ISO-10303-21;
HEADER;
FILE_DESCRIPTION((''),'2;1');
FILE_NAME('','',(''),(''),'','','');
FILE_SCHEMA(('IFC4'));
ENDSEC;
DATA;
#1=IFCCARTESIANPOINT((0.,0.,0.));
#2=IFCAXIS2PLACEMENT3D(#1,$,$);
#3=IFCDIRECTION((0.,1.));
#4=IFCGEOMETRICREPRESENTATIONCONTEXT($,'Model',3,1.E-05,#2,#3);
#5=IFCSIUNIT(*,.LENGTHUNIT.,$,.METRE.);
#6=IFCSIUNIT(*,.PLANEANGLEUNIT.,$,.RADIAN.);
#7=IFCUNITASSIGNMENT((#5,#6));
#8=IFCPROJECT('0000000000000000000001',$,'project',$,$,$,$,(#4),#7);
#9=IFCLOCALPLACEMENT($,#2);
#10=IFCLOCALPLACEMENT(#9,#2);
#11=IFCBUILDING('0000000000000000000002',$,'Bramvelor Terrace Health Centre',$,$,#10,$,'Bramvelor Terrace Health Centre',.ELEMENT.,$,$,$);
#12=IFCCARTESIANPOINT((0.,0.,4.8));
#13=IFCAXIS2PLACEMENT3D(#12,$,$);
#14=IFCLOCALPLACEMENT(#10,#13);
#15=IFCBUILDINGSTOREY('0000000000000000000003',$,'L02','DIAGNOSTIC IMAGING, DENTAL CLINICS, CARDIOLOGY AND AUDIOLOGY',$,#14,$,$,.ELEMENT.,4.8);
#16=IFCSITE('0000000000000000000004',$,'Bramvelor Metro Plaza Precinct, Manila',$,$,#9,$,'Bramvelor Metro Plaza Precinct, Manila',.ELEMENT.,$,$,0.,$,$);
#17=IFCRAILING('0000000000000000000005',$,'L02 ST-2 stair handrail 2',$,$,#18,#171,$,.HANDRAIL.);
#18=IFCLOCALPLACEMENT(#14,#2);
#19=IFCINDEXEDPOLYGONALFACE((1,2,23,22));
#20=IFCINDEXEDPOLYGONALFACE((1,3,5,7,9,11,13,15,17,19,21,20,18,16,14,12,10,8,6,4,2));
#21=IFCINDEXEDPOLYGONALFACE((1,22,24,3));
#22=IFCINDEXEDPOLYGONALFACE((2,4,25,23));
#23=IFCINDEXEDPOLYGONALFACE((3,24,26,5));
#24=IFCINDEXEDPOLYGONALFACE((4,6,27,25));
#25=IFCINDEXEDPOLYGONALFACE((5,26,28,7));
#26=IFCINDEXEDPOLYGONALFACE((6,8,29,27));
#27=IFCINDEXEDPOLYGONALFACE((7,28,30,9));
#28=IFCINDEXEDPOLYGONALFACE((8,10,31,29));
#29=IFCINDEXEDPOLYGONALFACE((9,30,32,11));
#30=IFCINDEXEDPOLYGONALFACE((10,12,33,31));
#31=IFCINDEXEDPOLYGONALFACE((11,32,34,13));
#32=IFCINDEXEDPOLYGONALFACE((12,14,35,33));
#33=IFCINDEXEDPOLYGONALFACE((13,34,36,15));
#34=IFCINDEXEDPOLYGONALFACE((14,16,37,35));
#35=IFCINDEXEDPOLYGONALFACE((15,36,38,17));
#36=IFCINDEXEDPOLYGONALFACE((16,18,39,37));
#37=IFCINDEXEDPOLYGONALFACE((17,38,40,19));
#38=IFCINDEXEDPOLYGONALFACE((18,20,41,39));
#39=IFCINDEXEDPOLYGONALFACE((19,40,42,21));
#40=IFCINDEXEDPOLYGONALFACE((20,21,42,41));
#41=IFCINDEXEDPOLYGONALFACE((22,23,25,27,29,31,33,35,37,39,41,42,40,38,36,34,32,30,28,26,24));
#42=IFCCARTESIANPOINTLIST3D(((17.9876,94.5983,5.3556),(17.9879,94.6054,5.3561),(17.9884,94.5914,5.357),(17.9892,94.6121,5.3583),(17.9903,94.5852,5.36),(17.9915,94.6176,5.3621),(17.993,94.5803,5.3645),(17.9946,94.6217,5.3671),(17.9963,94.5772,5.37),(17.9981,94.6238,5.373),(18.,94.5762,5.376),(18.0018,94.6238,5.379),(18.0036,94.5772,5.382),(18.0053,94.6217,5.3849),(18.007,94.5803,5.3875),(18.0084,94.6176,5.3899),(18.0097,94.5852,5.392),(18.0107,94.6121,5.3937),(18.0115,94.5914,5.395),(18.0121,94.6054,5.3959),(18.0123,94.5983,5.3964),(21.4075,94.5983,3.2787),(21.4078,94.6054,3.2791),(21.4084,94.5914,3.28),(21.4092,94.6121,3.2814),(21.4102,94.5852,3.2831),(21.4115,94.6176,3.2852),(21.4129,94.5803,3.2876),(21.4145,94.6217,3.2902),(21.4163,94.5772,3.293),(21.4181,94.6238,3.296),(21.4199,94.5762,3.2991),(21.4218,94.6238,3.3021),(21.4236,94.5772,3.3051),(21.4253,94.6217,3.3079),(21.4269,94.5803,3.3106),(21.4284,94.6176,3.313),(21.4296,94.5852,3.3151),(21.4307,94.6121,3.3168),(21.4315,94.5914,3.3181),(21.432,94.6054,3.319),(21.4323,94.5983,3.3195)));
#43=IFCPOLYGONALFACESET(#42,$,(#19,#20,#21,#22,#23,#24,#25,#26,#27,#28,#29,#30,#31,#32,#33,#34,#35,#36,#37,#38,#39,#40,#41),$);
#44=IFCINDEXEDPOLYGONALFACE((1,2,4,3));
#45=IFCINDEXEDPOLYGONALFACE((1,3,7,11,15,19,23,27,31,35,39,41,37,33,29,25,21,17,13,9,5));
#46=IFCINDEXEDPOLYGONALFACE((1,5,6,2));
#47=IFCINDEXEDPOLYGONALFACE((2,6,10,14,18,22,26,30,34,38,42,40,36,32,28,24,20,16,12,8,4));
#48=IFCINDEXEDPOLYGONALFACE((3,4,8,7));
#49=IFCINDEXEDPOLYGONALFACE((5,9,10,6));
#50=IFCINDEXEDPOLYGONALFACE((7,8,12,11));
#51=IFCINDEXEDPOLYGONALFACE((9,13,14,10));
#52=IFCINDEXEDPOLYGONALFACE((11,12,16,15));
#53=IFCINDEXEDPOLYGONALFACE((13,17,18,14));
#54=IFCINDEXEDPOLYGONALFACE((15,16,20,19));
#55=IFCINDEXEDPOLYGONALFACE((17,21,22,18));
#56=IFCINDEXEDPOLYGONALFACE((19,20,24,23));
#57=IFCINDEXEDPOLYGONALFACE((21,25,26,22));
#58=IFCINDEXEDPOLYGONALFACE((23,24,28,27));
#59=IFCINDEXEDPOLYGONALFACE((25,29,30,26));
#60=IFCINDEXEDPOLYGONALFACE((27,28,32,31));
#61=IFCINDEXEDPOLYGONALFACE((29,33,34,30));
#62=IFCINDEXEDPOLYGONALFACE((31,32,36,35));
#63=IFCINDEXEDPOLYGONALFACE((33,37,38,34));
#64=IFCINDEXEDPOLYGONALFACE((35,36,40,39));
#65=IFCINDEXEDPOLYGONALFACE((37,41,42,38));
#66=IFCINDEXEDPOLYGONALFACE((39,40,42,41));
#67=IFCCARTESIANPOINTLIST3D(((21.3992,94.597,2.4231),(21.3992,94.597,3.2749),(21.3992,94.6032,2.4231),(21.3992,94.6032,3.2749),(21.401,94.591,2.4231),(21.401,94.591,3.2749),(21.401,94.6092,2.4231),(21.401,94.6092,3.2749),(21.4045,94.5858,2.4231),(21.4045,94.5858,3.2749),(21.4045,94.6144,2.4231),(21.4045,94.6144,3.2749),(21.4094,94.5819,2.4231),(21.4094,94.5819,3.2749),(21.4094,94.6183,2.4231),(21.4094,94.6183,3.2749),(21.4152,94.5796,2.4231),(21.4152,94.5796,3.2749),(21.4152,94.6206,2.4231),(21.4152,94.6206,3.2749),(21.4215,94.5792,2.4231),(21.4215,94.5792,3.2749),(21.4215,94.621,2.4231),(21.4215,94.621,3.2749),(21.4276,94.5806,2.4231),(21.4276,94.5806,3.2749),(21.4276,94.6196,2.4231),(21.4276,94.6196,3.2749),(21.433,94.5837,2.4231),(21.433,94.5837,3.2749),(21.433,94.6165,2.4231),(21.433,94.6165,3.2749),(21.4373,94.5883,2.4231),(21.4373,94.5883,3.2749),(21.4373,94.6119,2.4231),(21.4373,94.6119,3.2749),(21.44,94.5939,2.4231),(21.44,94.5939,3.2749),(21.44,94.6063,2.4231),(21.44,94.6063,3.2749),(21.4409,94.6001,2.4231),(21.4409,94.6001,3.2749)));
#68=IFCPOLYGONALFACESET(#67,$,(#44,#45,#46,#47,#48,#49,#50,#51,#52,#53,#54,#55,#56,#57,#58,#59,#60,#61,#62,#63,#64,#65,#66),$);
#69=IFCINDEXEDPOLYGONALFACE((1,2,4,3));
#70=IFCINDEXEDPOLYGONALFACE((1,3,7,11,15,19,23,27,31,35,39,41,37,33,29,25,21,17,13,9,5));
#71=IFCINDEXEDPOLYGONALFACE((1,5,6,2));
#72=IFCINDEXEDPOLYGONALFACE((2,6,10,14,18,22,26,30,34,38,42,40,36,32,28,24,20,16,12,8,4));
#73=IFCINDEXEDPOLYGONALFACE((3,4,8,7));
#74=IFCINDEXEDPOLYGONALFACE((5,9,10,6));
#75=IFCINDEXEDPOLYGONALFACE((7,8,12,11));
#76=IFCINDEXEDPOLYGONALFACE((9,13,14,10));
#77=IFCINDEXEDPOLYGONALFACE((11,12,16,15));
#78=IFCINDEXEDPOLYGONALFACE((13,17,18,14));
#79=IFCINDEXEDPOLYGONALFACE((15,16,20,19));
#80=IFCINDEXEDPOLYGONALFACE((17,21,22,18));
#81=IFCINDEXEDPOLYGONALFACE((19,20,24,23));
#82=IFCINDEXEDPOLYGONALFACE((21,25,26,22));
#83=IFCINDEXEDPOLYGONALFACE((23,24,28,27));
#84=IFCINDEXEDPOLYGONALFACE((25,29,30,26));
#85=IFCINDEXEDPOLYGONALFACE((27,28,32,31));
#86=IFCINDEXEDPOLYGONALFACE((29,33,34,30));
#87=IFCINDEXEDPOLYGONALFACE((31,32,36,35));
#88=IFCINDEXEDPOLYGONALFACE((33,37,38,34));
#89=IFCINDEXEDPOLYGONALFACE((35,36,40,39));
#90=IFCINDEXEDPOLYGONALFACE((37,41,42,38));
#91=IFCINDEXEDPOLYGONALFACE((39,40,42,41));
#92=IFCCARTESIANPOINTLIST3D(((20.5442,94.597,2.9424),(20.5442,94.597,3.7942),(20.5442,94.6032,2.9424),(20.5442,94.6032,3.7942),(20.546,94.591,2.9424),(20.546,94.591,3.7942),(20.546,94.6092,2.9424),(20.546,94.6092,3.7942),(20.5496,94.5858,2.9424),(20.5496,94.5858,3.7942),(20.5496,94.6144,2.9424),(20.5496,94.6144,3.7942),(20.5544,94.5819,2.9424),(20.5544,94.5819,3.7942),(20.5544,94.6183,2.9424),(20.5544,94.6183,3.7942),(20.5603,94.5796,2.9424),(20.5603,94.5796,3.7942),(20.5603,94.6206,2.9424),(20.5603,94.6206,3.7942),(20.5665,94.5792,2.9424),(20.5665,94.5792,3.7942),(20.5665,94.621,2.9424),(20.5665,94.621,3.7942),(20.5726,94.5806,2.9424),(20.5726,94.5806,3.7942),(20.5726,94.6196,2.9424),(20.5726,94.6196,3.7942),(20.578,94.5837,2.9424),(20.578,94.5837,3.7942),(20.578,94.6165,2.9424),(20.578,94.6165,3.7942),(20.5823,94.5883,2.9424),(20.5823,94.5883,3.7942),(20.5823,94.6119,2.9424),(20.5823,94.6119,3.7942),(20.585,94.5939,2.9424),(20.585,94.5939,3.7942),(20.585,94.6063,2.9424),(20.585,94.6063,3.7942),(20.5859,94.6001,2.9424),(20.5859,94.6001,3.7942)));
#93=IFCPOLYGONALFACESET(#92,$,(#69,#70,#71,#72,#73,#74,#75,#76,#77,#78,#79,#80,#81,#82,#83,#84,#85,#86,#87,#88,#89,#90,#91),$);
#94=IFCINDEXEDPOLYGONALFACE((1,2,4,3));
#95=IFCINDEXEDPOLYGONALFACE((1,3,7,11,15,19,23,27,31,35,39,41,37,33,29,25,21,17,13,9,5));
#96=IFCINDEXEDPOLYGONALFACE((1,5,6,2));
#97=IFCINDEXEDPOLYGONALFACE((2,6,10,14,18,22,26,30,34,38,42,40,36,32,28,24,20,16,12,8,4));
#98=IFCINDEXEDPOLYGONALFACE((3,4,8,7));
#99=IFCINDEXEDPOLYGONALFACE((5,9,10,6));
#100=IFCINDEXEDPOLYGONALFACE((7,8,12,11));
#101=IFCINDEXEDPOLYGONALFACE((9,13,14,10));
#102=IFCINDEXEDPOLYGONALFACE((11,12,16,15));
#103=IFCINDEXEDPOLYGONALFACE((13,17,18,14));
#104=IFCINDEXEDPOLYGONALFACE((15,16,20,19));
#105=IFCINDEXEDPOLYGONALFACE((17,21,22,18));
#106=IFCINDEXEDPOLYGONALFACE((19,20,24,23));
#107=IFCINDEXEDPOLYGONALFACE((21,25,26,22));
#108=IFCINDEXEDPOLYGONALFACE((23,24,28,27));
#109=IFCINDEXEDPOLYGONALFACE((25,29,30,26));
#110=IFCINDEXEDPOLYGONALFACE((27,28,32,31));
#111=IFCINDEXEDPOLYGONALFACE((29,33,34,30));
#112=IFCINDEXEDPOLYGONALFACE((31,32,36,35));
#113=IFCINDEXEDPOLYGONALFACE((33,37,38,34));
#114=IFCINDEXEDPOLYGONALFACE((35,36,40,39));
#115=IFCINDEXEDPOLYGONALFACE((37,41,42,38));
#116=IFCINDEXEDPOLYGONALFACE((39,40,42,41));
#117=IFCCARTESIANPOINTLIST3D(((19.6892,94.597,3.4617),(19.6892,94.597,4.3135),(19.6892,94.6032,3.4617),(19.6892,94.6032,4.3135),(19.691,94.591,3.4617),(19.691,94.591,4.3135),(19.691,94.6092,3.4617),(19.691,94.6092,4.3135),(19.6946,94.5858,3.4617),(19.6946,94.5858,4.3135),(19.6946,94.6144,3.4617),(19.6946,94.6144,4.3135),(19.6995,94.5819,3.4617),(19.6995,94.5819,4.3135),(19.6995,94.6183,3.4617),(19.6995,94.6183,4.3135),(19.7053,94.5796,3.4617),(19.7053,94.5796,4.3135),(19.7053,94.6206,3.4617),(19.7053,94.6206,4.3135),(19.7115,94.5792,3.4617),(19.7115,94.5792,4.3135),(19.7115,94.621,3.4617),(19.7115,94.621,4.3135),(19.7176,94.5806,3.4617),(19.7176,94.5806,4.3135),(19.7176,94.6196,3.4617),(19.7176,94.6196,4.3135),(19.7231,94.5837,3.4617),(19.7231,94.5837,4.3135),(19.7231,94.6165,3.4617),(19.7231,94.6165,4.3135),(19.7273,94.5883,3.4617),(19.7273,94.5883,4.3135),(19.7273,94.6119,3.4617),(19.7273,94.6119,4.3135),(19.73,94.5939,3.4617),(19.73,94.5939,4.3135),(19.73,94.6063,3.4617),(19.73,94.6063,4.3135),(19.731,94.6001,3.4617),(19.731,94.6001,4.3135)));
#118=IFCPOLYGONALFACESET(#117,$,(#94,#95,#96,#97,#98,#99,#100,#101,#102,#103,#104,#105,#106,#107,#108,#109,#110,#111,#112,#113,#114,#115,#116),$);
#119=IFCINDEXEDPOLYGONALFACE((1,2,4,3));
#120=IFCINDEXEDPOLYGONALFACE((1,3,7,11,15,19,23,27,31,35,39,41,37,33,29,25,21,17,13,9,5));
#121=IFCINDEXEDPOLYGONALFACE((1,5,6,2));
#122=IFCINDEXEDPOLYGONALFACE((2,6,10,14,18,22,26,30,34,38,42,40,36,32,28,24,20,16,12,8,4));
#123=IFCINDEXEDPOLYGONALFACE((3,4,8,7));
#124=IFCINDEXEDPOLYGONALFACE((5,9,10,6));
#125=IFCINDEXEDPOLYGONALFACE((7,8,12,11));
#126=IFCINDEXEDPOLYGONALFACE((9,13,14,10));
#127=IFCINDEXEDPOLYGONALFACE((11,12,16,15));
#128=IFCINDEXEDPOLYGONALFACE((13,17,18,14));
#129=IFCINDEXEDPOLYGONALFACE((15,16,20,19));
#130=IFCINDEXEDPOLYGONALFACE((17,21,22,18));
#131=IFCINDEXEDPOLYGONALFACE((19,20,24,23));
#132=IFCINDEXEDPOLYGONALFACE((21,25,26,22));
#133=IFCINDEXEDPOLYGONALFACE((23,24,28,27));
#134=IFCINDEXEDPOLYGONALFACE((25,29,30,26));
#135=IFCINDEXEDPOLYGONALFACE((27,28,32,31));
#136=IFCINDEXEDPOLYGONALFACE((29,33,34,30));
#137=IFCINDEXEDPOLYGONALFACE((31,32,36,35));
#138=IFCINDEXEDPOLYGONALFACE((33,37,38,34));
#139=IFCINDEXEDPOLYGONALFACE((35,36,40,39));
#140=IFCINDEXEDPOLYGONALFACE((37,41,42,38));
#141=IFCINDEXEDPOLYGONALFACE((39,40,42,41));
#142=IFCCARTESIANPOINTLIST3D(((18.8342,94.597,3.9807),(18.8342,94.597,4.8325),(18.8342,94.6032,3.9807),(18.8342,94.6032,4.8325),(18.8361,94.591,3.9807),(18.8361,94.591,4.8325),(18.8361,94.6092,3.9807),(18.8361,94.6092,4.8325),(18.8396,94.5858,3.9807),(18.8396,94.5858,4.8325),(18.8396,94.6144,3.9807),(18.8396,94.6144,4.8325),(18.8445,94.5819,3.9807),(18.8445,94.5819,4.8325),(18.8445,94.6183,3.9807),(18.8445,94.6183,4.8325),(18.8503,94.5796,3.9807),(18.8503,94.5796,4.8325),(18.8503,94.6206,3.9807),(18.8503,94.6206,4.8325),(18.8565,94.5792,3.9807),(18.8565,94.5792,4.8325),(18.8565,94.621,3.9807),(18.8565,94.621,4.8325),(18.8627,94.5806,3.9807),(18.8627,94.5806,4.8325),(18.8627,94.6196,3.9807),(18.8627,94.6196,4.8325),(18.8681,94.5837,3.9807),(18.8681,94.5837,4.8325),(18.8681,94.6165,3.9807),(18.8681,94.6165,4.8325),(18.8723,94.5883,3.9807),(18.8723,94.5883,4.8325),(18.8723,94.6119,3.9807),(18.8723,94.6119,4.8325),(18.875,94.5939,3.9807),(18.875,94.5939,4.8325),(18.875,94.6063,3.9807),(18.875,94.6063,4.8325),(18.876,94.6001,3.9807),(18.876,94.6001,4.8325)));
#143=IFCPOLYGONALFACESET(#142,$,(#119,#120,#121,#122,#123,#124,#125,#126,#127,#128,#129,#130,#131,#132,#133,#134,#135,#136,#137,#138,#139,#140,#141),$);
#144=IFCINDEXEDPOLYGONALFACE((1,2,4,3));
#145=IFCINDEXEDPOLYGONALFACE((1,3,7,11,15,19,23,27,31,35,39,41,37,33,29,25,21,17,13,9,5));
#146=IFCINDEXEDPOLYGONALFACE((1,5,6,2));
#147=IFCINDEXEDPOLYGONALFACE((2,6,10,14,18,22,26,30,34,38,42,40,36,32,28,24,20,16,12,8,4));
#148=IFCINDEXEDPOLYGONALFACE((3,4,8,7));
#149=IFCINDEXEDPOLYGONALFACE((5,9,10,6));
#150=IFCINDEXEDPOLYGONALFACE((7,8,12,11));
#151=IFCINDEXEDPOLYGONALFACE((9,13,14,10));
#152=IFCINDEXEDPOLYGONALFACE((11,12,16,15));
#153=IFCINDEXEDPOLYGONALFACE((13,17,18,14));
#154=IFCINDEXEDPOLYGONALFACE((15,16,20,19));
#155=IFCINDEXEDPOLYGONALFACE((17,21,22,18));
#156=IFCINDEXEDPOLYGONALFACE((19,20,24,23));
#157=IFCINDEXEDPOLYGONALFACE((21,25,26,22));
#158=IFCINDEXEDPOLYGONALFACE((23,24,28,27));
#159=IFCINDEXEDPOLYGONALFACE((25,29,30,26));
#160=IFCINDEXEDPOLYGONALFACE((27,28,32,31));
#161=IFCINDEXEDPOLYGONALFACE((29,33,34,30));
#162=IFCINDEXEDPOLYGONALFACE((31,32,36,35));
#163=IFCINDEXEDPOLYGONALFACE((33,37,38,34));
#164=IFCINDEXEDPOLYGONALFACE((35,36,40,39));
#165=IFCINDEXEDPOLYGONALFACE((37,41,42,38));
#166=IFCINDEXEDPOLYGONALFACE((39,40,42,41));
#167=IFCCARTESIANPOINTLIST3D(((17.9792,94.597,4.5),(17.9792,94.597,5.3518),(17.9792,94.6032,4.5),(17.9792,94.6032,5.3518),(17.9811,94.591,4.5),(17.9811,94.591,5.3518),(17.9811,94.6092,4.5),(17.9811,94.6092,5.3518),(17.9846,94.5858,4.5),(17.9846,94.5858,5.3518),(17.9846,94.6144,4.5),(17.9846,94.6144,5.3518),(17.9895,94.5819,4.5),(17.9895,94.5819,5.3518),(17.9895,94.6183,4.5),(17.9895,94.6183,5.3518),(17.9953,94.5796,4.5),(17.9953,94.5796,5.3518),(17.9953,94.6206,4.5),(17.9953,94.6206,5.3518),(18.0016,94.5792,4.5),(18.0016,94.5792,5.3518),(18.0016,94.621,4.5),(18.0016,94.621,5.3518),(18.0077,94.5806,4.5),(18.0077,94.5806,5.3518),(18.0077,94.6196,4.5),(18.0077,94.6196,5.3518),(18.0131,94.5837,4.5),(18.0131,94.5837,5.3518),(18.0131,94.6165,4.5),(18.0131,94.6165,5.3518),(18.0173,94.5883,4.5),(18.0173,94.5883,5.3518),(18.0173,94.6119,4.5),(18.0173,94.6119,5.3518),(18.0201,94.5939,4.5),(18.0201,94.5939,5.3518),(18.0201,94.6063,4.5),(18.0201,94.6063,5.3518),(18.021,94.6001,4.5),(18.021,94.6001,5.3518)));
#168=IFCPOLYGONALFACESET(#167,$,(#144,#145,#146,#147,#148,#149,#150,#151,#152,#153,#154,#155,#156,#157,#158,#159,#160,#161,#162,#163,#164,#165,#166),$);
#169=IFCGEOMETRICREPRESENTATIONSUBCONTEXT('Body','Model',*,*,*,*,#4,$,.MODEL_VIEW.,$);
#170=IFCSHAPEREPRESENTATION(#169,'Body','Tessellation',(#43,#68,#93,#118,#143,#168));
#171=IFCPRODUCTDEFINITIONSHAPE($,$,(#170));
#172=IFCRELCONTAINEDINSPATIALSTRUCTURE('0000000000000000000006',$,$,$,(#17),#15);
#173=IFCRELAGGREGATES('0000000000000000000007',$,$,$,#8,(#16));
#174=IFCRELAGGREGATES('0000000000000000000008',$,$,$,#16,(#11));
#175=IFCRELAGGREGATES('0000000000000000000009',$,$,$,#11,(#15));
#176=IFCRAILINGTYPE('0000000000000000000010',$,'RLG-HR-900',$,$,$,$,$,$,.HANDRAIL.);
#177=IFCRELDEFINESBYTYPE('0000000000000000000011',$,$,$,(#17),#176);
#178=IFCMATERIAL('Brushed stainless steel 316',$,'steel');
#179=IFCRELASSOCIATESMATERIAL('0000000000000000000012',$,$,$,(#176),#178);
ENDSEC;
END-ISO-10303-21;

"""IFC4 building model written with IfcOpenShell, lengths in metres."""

from ifc_helpers import new_model, si_unit, direction, frame, origin, origin_2d, place, context, subcontext, project, spatial, circle, extrude, material, type_object, element, save


model = new_model("IFC4")

# Units and contexts
model_context = context("Model", 3, precision=1e-05, world=origin(), true_north=direction((0.0, 1.0)))
body_context = subcontext(model_context, "Body", "Model", "MODEL_VIEW")
ifc_project = project(units=[si_unit("LENGTHUNIT", "METRE"), si_unit("PLANEANGLEUNIT", "RADIAN")], contexts=[model_context])

# Site, building, storey
site_placement = place(None, origin())
site = spatial("IfcSite", under=ifc_project, at=site_placement, Name="Bramvelor Metro Plaza Precinct, Manila", LongName="Bramvelor Metro Plaza Precinct, Manila", CompositionType="ELEMENT", RefElevation=0.0)
building_placement = place(site_placement, origin())
building = spatial("IfcBuilding", under=site, at=building_placement, Name="Bramvelor Terrace Health Centre", LongName="Bramvelor Terrace Health Centre", CompositionType="ELEMENT")
storey_placement = place(building_placement, frame((0.0, 0.0, 4.8)))
storey = spatial("IfcBuildingStorey", under=building, at=storey_placement, Name="L02", Description="DIAGNOSTIC IMAGING, DENTAL CLINICS, CARDIOLOGY AND AUDIOLOGY", CompositionType="ELEMENT", Elevation=4.8)

# Railing
ifc_material_1 = material(Name="Brushed stainless steel 316", Category="steel")
railing_type_1 = type_object("IfcRailingType", Name="RLG-HR-900", PredefinedType="HANDRAIL", material=ifc_material_1)
railing_1_placement = place(storey_placement, frame((21.4199, 94.6001, 2.4231)))
element("IfcRailing", 1, at=railing_1_placement, inside=storey, type_object=railing_type_1, Name="L02 ST-2 stair handrail 2", PredefinedType="HANDRAIL", context=body_context, shape_type="SweptSolid", body=[
    extrude(circle(Radius=0.0239, at=origin_2d()), frame((0.0, 0.0, 0.876), z_axis=(-0.85473, 0.0, 0.519074), x_axis=(0.0, -1.0, 0.0)), (0.0, 0.0, 1.0), 4.0012),
    extrude(circle(Radius=0.021, at=origin_2d()), origin(), (0.0, 0.0, 1.0), 0.8518),
    extrude(circle(Radius=0.021, at=origin_2d()), frame((-0.855, 0.0, 0.5193)), (0.0, 0.0, 1.0), 0.8518),
    extrude(circle(Radius=0.021, at=origin_2d()), frame((-1.71, 0.0, 1.0386)), (0.0, 0.0, 1.0), 0.8518),
    extrude(circle(Radius=0.021, at=origin_2d()), frame((-2.5649, 0.0, 1.5576)), (0.0, 0.0, 1.0), 0.8518),
    extrude(circle(Radius=0.021, at=origin_2d()), frame((-3.4199, 0.0, 2.0769)), (0.0, 0.0, 1.0), 0.8518),
])

save(model, "model.ifc")
